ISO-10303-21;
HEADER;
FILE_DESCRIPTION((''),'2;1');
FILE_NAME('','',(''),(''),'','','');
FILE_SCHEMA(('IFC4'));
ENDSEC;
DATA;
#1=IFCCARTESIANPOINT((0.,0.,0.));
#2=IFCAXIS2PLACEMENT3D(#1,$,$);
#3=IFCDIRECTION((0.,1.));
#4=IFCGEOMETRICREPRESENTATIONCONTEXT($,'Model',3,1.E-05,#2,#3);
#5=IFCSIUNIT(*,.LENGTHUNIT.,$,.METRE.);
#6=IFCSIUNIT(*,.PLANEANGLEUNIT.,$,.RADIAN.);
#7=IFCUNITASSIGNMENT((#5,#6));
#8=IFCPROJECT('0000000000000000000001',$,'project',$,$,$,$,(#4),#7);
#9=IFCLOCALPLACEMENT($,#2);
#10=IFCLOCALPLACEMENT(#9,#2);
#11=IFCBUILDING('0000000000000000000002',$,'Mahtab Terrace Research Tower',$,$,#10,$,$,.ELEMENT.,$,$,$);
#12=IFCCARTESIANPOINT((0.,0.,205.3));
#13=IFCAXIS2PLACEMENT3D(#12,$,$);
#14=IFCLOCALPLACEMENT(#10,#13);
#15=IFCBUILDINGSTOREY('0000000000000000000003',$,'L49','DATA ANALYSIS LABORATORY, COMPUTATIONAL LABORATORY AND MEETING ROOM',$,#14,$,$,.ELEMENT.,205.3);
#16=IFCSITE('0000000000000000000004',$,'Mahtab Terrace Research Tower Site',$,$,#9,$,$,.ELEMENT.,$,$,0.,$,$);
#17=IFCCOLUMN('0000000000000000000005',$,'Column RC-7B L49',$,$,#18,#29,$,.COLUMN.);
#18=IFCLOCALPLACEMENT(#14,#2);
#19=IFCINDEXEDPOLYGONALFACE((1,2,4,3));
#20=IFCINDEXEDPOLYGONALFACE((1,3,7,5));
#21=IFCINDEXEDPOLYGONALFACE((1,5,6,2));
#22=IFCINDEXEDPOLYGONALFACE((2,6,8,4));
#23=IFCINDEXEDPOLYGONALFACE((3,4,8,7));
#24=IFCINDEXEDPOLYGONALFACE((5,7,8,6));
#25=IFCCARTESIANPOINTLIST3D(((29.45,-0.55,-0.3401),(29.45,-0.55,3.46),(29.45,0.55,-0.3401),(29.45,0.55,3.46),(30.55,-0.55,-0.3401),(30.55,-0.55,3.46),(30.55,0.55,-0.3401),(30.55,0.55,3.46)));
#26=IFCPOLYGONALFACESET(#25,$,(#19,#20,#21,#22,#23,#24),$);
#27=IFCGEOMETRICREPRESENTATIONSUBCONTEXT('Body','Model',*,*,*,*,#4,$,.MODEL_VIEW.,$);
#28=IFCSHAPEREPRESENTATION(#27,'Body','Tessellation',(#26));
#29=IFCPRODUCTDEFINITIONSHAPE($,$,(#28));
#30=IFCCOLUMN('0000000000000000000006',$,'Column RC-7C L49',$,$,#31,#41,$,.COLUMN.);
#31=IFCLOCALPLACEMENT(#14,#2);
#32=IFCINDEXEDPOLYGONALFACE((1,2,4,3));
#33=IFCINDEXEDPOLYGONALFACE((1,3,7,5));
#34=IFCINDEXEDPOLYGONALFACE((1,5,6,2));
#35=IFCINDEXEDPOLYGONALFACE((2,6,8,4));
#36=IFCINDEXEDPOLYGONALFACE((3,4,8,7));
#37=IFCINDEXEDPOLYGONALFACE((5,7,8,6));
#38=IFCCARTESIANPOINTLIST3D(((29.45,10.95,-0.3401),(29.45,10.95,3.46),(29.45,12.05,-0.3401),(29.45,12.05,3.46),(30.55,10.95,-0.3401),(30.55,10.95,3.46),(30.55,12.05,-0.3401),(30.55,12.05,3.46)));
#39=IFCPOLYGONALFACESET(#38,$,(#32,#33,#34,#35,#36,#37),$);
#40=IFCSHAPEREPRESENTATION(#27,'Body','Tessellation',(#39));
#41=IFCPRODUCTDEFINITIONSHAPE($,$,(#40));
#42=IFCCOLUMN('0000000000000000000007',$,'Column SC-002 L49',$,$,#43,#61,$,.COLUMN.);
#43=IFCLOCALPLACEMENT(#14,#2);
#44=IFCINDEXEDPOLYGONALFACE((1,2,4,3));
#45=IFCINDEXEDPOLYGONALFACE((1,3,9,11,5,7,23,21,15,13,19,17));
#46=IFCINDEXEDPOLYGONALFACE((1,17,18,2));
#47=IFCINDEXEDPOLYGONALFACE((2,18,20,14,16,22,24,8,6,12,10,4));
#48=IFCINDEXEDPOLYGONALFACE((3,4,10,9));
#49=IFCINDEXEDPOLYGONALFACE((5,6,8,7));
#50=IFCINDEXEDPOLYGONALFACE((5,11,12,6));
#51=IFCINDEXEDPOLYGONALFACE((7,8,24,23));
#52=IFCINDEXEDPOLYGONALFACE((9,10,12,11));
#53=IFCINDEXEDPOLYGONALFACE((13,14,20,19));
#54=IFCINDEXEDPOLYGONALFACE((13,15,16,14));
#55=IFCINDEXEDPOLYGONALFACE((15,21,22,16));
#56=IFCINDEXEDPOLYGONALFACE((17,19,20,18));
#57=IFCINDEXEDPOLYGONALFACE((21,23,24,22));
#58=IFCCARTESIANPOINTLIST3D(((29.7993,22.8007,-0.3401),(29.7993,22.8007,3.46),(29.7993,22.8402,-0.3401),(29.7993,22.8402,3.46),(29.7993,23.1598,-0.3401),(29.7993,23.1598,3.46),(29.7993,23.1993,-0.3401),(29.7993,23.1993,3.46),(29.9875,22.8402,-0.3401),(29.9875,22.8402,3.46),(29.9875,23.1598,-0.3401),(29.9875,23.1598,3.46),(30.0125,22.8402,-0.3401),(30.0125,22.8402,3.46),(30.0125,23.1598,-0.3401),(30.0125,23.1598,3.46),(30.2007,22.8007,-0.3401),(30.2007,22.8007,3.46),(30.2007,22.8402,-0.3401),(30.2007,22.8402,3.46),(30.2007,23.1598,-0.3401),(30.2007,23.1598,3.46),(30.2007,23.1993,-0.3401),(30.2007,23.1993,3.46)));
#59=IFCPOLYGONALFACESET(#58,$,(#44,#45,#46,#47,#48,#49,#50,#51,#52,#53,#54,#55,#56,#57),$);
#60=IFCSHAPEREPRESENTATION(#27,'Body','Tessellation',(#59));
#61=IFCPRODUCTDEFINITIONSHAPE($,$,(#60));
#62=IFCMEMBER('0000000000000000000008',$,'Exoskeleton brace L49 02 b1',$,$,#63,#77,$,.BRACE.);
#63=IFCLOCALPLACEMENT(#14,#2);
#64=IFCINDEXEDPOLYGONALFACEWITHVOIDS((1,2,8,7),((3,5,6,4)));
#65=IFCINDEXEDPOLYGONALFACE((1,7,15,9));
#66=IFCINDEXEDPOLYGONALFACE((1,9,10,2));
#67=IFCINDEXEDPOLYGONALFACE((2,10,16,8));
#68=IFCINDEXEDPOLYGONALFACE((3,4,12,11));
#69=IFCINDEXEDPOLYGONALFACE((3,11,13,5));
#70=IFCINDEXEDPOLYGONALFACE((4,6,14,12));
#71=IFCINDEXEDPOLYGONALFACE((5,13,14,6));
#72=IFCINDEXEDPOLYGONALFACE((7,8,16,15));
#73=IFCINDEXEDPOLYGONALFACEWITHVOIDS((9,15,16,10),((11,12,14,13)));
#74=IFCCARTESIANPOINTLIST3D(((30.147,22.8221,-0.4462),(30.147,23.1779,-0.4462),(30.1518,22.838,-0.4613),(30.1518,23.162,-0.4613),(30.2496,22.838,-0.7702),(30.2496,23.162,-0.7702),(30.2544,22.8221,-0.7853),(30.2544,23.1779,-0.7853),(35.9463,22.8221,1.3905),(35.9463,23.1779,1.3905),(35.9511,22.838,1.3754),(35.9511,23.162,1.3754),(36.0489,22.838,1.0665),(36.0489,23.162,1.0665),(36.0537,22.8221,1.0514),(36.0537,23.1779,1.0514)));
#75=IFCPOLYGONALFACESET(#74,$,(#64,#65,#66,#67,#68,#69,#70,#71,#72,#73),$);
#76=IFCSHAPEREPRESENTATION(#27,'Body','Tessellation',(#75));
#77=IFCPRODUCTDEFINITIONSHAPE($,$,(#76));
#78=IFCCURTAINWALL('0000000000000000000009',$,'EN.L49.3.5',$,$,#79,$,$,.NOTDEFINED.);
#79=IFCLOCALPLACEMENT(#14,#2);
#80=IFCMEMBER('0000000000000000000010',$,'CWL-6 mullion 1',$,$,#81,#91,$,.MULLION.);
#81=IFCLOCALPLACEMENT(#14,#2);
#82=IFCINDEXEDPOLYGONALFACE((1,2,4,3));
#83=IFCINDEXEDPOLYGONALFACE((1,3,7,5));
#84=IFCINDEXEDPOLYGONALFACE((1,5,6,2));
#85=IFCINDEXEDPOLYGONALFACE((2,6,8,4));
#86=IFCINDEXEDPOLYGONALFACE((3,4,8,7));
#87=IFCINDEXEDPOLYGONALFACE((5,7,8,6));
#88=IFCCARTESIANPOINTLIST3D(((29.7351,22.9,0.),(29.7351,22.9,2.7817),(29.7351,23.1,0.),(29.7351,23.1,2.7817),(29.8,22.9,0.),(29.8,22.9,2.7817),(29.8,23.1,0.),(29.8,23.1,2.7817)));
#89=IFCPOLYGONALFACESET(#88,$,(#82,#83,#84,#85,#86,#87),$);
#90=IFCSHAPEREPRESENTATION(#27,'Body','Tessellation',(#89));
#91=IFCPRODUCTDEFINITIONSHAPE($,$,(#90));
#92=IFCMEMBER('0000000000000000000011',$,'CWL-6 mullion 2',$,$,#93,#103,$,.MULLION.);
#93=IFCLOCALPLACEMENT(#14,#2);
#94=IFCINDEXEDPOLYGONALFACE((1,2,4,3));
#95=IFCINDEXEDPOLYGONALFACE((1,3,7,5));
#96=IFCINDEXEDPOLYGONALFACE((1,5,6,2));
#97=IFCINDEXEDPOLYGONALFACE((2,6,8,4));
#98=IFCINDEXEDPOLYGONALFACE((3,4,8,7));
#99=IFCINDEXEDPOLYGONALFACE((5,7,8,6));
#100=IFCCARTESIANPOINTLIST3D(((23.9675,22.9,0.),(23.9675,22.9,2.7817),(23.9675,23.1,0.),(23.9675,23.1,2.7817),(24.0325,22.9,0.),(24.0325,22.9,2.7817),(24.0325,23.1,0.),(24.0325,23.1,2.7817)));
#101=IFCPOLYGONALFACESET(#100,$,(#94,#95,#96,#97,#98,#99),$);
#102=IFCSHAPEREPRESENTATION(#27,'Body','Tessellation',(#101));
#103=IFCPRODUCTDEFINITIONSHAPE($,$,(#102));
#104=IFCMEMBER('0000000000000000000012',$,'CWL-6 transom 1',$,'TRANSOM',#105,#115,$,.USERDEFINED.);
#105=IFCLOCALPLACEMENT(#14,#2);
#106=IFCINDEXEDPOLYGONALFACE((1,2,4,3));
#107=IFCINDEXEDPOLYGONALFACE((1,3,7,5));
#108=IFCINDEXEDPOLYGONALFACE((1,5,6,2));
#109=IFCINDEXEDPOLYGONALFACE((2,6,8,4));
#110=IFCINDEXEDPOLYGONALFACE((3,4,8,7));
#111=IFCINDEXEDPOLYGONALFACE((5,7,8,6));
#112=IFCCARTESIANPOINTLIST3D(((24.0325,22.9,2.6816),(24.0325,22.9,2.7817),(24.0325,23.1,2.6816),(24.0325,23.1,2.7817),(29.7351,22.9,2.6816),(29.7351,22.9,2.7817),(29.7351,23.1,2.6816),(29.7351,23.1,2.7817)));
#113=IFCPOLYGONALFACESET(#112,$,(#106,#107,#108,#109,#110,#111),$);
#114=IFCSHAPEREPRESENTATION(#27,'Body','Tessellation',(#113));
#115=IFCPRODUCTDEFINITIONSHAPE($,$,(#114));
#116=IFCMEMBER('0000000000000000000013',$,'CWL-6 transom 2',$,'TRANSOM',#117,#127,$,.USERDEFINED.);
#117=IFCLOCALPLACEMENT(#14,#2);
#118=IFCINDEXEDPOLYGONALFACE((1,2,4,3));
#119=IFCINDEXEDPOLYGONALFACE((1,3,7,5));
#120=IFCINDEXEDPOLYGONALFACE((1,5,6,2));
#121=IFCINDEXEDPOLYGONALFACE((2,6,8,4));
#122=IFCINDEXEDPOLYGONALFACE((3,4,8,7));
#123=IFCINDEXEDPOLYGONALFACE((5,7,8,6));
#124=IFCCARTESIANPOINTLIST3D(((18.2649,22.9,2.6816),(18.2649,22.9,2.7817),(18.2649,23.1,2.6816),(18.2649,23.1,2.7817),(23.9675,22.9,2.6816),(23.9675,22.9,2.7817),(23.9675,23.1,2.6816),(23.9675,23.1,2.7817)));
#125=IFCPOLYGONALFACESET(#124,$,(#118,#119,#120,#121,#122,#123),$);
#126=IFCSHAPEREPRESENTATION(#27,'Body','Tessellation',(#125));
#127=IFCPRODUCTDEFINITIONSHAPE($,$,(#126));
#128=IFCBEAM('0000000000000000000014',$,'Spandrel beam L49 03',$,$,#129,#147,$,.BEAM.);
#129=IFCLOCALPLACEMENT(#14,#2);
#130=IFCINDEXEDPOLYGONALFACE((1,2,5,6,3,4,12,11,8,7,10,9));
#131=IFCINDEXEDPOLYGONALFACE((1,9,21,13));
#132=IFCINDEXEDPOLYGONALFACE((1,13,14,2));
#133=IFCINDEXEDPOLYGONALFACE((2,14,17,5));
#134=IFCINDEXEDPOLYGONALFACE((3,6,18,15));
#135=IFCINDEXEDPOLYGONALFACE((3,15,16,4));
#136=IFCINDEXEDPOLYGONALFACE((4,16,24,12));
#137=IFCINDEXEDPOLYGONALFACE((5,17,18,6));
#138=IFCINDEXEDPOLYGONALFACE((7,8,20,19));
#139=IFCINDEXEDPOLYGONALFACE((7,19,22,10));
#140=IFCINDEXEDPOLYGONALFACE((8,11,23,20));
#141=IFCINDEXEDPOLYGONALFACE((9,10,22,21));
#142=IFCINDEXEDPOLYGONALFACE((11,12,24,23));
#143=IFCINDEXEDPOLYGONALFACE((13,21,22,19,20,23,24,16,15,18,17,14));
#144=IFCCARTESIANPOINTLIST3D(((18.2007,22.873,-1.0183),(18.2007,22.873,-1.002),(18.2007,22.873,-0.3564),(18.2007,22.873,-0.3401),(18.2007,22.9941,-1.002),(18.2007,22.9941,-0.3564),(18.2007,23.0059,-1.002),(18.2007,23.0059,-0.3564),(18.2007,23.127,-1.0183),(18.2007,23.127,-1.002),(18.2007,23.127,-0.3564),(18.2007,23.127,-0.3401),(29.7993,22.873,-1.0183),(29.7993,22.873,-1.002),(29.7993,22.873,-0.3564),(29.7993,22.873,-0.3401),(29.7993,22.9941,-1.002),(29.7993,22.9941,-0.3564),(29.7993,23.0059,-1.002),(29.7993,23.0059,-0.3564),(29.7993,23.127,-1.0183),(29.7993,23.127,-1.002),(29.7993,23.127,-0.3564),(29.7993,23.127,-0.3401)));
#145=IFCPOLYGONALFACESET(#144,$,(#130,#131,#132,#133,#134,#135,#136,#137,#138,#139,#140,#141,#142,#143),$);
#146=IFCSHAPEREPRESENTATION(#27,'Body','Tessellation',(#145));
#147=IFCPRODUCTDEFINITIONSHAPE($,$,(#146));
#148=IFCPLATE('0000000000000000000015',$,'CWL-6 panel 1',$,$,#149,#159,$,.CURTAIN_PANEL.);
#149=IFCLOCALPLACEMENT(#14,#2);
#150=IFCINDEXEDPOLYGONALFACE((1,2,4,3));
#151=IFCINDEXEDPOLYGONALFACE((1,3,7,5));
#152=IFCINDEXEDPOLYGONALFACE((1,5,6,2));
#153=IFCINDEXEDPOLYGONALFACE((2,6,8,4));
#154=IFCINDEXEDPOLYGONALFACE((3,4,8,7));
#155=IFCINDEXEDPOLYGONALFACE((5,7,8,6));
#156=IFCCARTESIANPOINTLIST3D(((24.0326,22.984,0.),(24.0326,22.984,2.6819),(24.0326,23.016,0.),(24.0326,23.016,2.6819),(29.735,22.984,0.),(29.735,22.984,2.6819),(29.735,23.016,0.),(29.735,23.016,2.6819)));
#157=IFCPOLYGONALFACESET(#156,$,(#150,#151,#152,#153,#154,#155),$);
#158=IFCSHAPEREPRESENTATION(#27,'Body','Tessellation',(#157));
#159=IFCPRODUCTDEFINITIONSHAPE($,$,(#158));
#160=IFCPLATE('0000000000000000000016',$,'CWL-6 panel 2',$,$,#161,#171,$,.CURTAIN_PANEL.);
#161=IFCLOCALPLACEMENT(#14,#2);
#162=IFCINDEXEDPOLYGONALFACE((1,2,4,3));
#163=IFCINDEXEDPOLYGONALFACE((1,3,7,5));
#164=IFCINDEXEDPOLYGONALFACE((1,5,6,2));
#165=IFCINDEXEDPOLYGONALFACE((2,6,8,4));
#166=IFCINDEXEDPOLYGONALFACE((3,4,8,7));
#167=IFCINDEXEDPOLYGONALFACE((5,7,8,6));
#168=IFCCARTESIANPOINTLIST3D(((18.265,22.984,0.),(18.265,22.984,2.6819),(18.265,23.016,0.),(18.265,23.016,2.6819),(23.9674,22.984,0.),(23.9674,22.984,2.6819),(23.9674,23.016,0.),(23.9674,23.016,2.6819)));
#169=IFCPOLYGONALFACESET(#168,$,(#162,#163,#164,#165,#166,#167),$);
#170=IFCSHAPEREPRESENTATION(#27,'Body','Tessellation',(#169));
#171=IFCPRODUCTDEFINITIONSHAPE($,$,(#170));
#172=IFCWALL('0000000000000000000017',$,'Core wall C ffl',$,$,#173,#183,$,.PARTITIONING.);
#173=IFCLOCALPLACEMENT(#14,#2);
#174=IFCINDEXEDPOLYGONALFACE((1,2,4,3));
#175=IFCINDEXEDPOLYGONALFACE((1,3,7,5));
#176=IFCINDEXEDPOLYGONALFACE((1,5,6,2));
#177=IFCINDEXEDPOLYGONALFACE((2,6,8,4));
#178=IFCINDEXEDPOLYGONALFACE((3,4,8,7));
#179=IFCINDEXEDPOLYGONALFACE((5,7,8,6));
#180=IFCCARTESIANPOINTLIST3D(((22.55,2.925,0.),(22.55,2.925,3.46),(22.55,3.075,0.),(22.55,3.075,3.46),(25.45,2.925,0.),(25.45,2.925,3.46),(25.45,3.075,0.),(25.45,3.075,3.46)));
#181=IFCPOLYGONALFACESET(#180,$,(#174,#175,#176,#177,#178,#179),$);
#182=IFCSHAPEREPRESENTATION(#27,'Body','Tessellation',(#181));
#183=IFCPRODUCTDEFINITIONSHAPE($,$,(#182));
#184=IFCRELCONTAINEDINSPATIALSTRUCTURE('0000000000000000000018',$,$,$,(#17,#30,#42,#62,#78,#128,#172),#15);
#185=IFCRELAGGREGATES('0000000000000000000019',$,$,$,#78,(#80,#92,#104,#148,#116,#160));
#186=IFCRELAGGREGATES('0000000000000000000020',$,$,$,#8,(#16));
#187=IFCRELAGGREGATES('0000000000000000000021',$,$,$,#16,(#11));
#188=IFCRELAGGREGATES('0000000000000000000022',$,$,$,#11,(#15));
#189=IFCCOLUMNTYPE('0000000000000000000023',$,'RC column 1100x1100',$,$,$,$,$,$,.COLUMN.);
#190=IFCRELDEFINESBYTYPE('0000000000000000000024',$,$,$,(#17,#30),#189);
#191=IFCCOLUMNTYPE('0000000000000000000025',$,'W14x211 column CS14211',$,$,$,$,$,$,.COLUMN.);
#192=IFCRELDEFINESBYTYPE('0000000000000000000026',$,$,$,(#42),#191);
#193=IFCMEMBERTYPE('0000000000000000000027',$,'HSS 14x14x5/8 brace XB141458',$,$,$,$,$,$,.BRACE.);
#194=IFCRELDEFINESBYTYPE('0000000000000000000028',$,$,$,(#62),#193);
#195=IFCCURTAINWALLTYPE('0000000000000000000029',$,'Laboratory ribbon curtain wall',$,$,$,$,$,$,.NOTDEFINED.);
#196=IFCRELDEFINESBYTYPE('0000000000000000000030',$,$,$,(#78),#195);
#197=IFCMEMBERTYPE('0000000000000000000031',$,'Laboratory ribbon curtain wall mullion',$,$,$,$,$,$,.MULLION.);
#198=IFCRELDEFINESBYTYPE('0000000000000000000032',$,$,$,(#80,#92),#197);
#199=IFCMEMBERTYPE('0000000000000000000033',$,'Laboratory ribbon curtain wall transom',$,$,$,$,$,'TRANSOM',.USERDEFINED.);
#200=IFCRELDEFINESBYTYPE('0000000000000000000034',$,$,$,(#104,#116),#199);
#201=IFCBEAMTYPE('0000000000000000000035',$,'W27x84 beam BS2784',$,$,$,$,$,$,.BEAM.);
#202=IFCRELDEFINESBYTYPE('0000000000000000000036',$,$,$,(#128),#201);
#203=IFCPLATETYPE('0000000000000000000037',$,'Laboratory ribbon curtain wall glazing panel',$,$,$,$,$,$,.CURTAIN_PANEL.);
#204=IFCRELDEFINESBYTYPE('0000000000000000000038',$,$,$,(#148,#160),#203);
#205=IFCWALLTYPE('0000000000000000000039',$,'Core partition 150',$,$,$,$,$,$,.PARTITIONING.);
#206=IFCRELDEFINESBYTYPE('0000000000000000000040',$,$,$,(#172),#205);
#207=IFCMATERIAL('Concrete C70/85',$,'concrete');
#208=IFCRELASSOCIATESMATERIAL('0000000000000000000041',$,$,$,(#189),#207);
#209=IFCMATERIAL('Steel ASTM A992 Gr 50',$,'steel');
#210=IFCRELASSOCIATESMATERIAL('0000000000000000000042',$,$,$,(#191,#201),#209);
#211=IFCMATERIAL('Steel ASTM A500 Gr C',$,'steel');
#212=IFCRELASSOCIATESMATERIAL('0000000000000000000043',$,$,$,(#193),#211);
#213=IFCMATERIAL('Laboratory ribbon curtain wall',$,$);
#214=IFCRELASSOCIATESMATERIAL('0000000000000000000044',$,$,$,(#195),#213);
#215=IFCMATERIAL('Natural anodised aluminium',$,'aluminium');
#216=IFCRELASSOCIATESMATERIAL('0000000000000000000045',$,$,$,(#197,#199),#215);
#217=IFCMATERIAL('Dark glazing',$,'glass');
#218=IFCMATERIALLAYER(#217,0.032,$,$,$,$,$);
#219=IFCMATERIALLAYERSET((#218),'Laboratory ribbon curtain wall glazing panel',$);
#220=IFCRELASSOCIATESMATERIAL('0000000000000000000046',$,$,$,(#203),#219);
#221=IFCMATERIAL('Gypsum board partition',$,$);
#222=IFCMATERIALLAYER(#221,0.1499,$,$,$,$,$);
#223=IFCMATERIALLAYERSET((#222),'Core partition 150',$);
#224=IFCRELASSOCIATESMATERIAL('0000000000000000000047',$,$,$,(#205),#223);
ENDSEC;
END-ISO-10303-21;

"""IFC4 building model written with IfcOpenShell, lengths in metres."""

from ifc_helpers import new_model, si_unit, direction, frame, frame_2d, origin, origin_2d, place, context, subcontext, project, spatial, rectangle, hollow_rectangle, i_section, extrude, material, layer, layer_set, material_profile, profile_set, type_object, element, aggregate, save


model = new_model("IFC4")

# Units and contexts
model_context = context("Model", 3, precision=1e-05, world=origin(), true_north=direction((0.0, 1.0)))
body_context = subcontext(model_context, "Body", "Model", "MODEL_VIEW")
ifc_project = project(units=[si_unit("LENGTHUNIT", "METRE"), si_unit("PLANEANGLEUNIT", "RADIAN")], contexts=[model_context])

# Site, building, storey
site_placement = place(None, origin())
site = spatial("IfcSite", under=ifc_project, at=site_placement, Name="Mahtab Terrace Research Tower Site", CompositionType="ELEMENT", RefElevation=0.0)
building_placement = place(site_placement, origin())
building = spatial("IfcBuilding", under=site, at=building_placement, Name="Mahtab Terrace Research Tower", CompositionType="ELEMENT")
storey_placement = place(building_placement, frame((0.0, 0.0, 205.3)))
storey = spatial("IfcBuildingStorey", under=building, at=storey_placement, Name="L49", Description="DATA ANALYSIS LABORATORY, COMPUTATIONAL LABORATORY AND MEETING ROOM", CompositionType="ELEMENT", Elevation=205.3)

# Columns
ifc_material_1 = material(Name="Concrete C70/85", Category="concrete")
ifc_material_profile_1 = material_profile(ifc_material_1, rectangle(XDim=1.1001, YDim=1.1001, at=origin_2d()), Name="RC column 1100x1100")
ifc_profile_set_1 = profile_set([ifc_material_profile_1], Name="Concrete C70/85")
column_type_1 = type_object("IfcColumnType", Name="RC column 1100x1100", PredefinedType="COLUMN", material=ifc_profile_set_1)
for number, where, z_axis, x_axis, name in (
    (1, (30.0, 0.0, -0.3401), (0.0, 0.0, 1.0), (1.0, 0.0, 0.0), "Column RC-7B L49"),
    (2, (30.0, 11.5, -0.3401), (0.0, 0.0, 1.0), (1.0, 0.0, 0.0), "Column RC-7C L49"),
):
    element("IfcColumn", number, at=place(storey_placement, frame(where, z_axis=z_axis, x_axis=x_axis)), inside=storey, type_object=column_type_1, Name=name, PredefinedType="COLUMN", context=body_context, shape_type="SweptSolid", body=[
        extrude(rectangle(XDim=1.1001, YDim=1.1001, at=origin_2d()), origin(), (0.0, 0.0, 1.0), 3.8),
    ])
ifc_material_2 = material(Name="Steel ASTM A992 Gr 50", Category="steel")
ifc_material_profile_2 = material_profile(ifc_material_2, i_section(OverallWidth=0.4014, OverallDepth=0.3987, WebThickness=0.0249, FlangeThickness=0.0396, at=origin_2d()), Name="W14X211")
ifc_profile_set_2 = profile_set([ifc_material_profile_2], Name="Steel ASTM A992 Gr 50")
column_type_2 = type_object("IfcColumnType", Name="W14x211 column CS14211", PredefinedType="COLUMN", material=ifc_profile_set_2)
column_placement = place(storey_placement, frame((30.0, 23.0, -0.3401), z_axis=(0.0, 0.0, 1.0), x_axis=(1.0, 0.0, 0.0)))
element("IfcColumn", 3, at=column_placement, inside=storey, type_object=column_type_2, Name="Column SC-002 L49", PredefinedType="COLUMN", context=body_context, shape_type="SweptSolid", body=[
    extrude(i_section(OverallWidth=0.4014, OverallDepth=0.3987, WebThickness=0.0249, FlangeThickness=0.0396, at=origin_2d()), origin(), (0.0, 0.0, 1.0), 3.8),
])

# Member
ifc_material_3 = material(Name="Steel ASTM A500 Gr C", Category="steel")
ifc_material_profile_3 = material_profile(ifc_material_3, hollow_rectangle(XDim=0.3557, YDim=0.3557, WallThickness=0.0159, at=origin_2d()), Name="HSS14X14X5/8")
ifc_profile_set_3 = profile_set([ifc_material_profile_3], Name="Steel ASTM A500 Gr C")
member_type_1 = type_object("IfcMemberType", Name="HSS 14x14x5/8 brace XB141458", PredefinedType="BRACE", material=ifc_profile_set_3)
member_1_placement = place(storey_placement, frame((30.2007, 23.0, -0.6157), z_axis=(0.953332, 0.0, 0.301925), x_axis=(0.0, 1.0, 0.0)))
element("IfcMember", 4, at=member_1_placement, inside=storey, type_object=member_type_1, Name="Exoskeleton brace L49 02 b1", PredefinedType="BRACE", context=body_context, shape_type="SweptSolid", body=[
    extrude(hollow_rectangle(XDim=0.3557, YDim=0.3557, WallThickness=0.0159, at=origin_2d()), origin(), (0.0, 0.0, 1.0), 6.0833),
])

# Curtain wall, members
ifc_material_4 = material(Name="Laboratory ribbon curtain wall")
curtain_wall_type = type_object("IfcCurtainWallType", Name="Laboratory ribbon curtain wall", PredefinedType="NOTDEFINED", material=ifc_material_4)
curtain_wall_placement = place(storey_placement, origin())
curtain_wall = element("IfcCurtainWall", 5, at=curtain_wall_placement, inside=storey, type_object=curtain_wall_type, Name="EN.L49.3.5", PredefinedType="NOTDEFINED")
ifc_material_5 = material(Name="Natural anodised aluminium", Category="aluminium")
ifc_material_profile_4 = material_profile(ifc_material_5, rectangle(XDim=0.2, YDim=0.0649, at=origin_2d()), Name="MULLION 65x200")
ifc_profile_set_4 = profile_set([ifc_material_profile_4], Name="Natural anodised aluminium")
member_type_2 = type_object("IfcMemberType", Name="Laboratory ribbon curtain wall mullion", PredefinedType="MULLION", material=ifc_profile_set_4)
member_2_placement = place(storey_placement, frame((29.7676, 23.0, 0.0), z_axis=(0.0, 0.0, 1.0), x_axis=(0.0, -1.0, 0.0)))
member_2 = element("IfcMember", 6, at=member_2_placement, type_object=member_type_2, Name="CWL-6 mullion 1", PredefinedType="MULLION", context=body_context, shape_type="SweptSolid", body=[
    extrude(rectangle(XDim=0.2, YDim=0.0649, at=origin_2d()), origin(), (0.0, 0.0, 1.0), 2.7817),
])
member_3_placement = place(storey_placement, frame((24.0, 23.0, 0.0), z_axis=(0.0, 0.0, 1.0), x_axis=(0.0, -1.0, 0.0)))
member_3 = element("IfcMember", 7, at=member_3_placement, type_object=member_type_2, Name="CWL-6 mullion 2", PredefinedType="MULLION", context=body_context, shape_type="SweptSolid", body=[
    extrude(rectangle(XDim=0.2, YDim=0.0649, at=origin_2d()), origin(), (0.0, 0.0, 1.0), 2.7817),
])
ifc_material_profile_5 = material_profile(ifc_material_5, rectangle(XDim=0.2, YDim=0.1001, at=origin_2d()), Name="TRANSOM 100x200")
ifc_profile_set_5 = profile_set([ifc_material_profile_5], Name="Natural anodised aluminium")
member_type_3 = type_object("IfcMemberType", Name="Laboratory ribbon curtain wall transom", ElementType="TRANSOM", PredefinedType="USERDEFINED", material=ifc_profile_set_5)
member_4_placement = place(storey_placement, frame((29.7351, 23.0, 2.7317), z_axis=(-1.0, 0.0, 0.0), x_axis=(0.0, -1.0, 0.0)))
member_4 = element("IfcMember", 8, at=member_4_placement, type_object=member_type_3, Name="CWL-6 transom 1", ObjectType="TRANSOM", PredefinedType="USERDEFINED", context=body_context, shape_type="SweptSolid", body=[
    extrude(rectangle(XDim=0.2, YDim=0.1001, at=origin_2d()), origin(), (0.0, 0.0, 1.0), 5.7026),
])
member_5_placement = place(storey_placement, frame((23.9675, 23.0, 2.7317), z_axis=(-1.0, 0.0, 0.0), x_axis=(0.0, -1.0, 0.0)))
member_5 = element("IfcMember", 9, at=member_5_placement, type_object=member_type_3, Name="CWL-6 transom 2", ObjectType="TRANSOM", PredefinedType="USERDEFINED", context=body_context, shape_type="SweptSolid", body=[
    extrude(rectangle(XDim=0.2, YDim=0.1001, at=origin_2d()), origin(), (0.0, 0.0, 1.0), 5.7026),
])

# Beam
ifc_material_profile_6 = material_profile(ifc_material_2, i_section(OverallWidth=0.2539, OverallDepth=0.6782, WebThickness=0.0117, FlangeThickness=0.0164, at=origin_2d()), Name="W27X84")
ifc_profile_set_6 = profile_set([ifc_material_profile_6], Name="Steel ASTM A992 Gr 50")
beam_type = type_object("IfcBeamType", Name="W27x84 beam BS2784", PredefinedType="BEAM", material=ifc_profile_set_6)
beam_placement = place(storey_placement, frame((29.7993, 23.0, -0.6792), z_axis=(-1.0, 0.0, 0.0), x_axis=(0.0, -1.0, 0.0)))
element("IfcBeam", 10, at=beam_placement, inside=storey, type_object=beam_type, Name="Spandrel beam L49 03", PredefinedType="BEAM", context=body_context, shape_type="SweptSolid", body=[
    extrude(i_section(OverallWidth=0.2539, OverallDepth=0.6782, WebThickness=0.0117, FlangeThickness=0.0164, at=origin_2d()), origin(), (0.0, 0.0, 1.0), 11.5986),
])

# Plates
ifc_material_6 = material(Name="Dark glazing", Category="glass")
ifc_layer_1 = layer(ifc_material_6, 0.032)
ifc_layer_set_1 = layer_set([ifc_layer_1], Name="Laboratory ribbon curtain wall glazing panel")
plate_type = type_object("IfcPlateType", Name="Laboratory ribbon curtain wall glazing panel", PredefinedType="CURTAIN_PANEL", material=ifc_layer_set_1)
plate_1_placement = place(storey_placement, frame((26.8838, 23.0, 0.0), z_axis=(0.0, 0.0, 1.0), x_axis=(-1.0, 0.0, 0.0)))
plate_1 = element("IfcPlate", 11, at=plate_1_placement, type_object=plate_type, Name="CWL-6 panel 1", PredefinedType="CURTAIN_PANEL", context=body_context, shape_type="SweptSolid", body=[
    extrude(rectangle(XDim=5.7024, YDim=0.032, at=origin_2d()), origin(), (0.0, 0.0, 1.0), 2.6819),
])
plate_2_placement = place(storey_placement, frame((21.1162, 23.0, 0.0), z_axis=(0.0, 0.0, 1.0), x_axis=(-1.0, 0.0, 0.0)))
plate_2 = element("IfcPlate", 12, at=plate_2_placement, type_object=plate_type, Name="CWL-6 panel 2", PredefinedType="CURTAIN_PANEL", context=body_context, shape_type="SweptSolid", body=[
    extrude(rectangle(XDim=5.7024, YDim=0.032, at=origin_2d()), origin(), (0.0, 0.0, 1.0), 2.6819),
])
aggregate(curtain_wall, [member_2, member_3, member_4, plate_1, member_5, plate_2])

# Wall
ifc_material_7 = material(Name="Gypsum board partition")
ifc_layer_2 = layer(ifc_material_7, 0.1499)
ifc_layer_set_2 = layer_set([ifc_layer_2], Name="Core partition 150")
wall_type_1 = type_object("IfcWallType", Name="Core partition 150", PredefinedType="PARTITIONING", material=ifc_layer_set_2)
wall_1_placement = place(storey_placement, frame((22.55, 3.0, 0.0), z_axis=(0.0, 0.0, 1.0), x_axis=(1.0, 0.0, 0.0)))
element("IfcWall", 13, at=wall_1_placement, inside=storey, type_object=wall_type_1, Name="Core wall C ffl", PredefinedType="PARTITIONING", context=body_context, shape_type="SweptSolid", body=[
    extrude(rectangle(XDim=2.8999, YDim=0.1499, at=frame_2d((1.45, 0.0))), origin(), (0.0, 0.0, 1.0), 3.46),
])

save(model, "model.ifc")
